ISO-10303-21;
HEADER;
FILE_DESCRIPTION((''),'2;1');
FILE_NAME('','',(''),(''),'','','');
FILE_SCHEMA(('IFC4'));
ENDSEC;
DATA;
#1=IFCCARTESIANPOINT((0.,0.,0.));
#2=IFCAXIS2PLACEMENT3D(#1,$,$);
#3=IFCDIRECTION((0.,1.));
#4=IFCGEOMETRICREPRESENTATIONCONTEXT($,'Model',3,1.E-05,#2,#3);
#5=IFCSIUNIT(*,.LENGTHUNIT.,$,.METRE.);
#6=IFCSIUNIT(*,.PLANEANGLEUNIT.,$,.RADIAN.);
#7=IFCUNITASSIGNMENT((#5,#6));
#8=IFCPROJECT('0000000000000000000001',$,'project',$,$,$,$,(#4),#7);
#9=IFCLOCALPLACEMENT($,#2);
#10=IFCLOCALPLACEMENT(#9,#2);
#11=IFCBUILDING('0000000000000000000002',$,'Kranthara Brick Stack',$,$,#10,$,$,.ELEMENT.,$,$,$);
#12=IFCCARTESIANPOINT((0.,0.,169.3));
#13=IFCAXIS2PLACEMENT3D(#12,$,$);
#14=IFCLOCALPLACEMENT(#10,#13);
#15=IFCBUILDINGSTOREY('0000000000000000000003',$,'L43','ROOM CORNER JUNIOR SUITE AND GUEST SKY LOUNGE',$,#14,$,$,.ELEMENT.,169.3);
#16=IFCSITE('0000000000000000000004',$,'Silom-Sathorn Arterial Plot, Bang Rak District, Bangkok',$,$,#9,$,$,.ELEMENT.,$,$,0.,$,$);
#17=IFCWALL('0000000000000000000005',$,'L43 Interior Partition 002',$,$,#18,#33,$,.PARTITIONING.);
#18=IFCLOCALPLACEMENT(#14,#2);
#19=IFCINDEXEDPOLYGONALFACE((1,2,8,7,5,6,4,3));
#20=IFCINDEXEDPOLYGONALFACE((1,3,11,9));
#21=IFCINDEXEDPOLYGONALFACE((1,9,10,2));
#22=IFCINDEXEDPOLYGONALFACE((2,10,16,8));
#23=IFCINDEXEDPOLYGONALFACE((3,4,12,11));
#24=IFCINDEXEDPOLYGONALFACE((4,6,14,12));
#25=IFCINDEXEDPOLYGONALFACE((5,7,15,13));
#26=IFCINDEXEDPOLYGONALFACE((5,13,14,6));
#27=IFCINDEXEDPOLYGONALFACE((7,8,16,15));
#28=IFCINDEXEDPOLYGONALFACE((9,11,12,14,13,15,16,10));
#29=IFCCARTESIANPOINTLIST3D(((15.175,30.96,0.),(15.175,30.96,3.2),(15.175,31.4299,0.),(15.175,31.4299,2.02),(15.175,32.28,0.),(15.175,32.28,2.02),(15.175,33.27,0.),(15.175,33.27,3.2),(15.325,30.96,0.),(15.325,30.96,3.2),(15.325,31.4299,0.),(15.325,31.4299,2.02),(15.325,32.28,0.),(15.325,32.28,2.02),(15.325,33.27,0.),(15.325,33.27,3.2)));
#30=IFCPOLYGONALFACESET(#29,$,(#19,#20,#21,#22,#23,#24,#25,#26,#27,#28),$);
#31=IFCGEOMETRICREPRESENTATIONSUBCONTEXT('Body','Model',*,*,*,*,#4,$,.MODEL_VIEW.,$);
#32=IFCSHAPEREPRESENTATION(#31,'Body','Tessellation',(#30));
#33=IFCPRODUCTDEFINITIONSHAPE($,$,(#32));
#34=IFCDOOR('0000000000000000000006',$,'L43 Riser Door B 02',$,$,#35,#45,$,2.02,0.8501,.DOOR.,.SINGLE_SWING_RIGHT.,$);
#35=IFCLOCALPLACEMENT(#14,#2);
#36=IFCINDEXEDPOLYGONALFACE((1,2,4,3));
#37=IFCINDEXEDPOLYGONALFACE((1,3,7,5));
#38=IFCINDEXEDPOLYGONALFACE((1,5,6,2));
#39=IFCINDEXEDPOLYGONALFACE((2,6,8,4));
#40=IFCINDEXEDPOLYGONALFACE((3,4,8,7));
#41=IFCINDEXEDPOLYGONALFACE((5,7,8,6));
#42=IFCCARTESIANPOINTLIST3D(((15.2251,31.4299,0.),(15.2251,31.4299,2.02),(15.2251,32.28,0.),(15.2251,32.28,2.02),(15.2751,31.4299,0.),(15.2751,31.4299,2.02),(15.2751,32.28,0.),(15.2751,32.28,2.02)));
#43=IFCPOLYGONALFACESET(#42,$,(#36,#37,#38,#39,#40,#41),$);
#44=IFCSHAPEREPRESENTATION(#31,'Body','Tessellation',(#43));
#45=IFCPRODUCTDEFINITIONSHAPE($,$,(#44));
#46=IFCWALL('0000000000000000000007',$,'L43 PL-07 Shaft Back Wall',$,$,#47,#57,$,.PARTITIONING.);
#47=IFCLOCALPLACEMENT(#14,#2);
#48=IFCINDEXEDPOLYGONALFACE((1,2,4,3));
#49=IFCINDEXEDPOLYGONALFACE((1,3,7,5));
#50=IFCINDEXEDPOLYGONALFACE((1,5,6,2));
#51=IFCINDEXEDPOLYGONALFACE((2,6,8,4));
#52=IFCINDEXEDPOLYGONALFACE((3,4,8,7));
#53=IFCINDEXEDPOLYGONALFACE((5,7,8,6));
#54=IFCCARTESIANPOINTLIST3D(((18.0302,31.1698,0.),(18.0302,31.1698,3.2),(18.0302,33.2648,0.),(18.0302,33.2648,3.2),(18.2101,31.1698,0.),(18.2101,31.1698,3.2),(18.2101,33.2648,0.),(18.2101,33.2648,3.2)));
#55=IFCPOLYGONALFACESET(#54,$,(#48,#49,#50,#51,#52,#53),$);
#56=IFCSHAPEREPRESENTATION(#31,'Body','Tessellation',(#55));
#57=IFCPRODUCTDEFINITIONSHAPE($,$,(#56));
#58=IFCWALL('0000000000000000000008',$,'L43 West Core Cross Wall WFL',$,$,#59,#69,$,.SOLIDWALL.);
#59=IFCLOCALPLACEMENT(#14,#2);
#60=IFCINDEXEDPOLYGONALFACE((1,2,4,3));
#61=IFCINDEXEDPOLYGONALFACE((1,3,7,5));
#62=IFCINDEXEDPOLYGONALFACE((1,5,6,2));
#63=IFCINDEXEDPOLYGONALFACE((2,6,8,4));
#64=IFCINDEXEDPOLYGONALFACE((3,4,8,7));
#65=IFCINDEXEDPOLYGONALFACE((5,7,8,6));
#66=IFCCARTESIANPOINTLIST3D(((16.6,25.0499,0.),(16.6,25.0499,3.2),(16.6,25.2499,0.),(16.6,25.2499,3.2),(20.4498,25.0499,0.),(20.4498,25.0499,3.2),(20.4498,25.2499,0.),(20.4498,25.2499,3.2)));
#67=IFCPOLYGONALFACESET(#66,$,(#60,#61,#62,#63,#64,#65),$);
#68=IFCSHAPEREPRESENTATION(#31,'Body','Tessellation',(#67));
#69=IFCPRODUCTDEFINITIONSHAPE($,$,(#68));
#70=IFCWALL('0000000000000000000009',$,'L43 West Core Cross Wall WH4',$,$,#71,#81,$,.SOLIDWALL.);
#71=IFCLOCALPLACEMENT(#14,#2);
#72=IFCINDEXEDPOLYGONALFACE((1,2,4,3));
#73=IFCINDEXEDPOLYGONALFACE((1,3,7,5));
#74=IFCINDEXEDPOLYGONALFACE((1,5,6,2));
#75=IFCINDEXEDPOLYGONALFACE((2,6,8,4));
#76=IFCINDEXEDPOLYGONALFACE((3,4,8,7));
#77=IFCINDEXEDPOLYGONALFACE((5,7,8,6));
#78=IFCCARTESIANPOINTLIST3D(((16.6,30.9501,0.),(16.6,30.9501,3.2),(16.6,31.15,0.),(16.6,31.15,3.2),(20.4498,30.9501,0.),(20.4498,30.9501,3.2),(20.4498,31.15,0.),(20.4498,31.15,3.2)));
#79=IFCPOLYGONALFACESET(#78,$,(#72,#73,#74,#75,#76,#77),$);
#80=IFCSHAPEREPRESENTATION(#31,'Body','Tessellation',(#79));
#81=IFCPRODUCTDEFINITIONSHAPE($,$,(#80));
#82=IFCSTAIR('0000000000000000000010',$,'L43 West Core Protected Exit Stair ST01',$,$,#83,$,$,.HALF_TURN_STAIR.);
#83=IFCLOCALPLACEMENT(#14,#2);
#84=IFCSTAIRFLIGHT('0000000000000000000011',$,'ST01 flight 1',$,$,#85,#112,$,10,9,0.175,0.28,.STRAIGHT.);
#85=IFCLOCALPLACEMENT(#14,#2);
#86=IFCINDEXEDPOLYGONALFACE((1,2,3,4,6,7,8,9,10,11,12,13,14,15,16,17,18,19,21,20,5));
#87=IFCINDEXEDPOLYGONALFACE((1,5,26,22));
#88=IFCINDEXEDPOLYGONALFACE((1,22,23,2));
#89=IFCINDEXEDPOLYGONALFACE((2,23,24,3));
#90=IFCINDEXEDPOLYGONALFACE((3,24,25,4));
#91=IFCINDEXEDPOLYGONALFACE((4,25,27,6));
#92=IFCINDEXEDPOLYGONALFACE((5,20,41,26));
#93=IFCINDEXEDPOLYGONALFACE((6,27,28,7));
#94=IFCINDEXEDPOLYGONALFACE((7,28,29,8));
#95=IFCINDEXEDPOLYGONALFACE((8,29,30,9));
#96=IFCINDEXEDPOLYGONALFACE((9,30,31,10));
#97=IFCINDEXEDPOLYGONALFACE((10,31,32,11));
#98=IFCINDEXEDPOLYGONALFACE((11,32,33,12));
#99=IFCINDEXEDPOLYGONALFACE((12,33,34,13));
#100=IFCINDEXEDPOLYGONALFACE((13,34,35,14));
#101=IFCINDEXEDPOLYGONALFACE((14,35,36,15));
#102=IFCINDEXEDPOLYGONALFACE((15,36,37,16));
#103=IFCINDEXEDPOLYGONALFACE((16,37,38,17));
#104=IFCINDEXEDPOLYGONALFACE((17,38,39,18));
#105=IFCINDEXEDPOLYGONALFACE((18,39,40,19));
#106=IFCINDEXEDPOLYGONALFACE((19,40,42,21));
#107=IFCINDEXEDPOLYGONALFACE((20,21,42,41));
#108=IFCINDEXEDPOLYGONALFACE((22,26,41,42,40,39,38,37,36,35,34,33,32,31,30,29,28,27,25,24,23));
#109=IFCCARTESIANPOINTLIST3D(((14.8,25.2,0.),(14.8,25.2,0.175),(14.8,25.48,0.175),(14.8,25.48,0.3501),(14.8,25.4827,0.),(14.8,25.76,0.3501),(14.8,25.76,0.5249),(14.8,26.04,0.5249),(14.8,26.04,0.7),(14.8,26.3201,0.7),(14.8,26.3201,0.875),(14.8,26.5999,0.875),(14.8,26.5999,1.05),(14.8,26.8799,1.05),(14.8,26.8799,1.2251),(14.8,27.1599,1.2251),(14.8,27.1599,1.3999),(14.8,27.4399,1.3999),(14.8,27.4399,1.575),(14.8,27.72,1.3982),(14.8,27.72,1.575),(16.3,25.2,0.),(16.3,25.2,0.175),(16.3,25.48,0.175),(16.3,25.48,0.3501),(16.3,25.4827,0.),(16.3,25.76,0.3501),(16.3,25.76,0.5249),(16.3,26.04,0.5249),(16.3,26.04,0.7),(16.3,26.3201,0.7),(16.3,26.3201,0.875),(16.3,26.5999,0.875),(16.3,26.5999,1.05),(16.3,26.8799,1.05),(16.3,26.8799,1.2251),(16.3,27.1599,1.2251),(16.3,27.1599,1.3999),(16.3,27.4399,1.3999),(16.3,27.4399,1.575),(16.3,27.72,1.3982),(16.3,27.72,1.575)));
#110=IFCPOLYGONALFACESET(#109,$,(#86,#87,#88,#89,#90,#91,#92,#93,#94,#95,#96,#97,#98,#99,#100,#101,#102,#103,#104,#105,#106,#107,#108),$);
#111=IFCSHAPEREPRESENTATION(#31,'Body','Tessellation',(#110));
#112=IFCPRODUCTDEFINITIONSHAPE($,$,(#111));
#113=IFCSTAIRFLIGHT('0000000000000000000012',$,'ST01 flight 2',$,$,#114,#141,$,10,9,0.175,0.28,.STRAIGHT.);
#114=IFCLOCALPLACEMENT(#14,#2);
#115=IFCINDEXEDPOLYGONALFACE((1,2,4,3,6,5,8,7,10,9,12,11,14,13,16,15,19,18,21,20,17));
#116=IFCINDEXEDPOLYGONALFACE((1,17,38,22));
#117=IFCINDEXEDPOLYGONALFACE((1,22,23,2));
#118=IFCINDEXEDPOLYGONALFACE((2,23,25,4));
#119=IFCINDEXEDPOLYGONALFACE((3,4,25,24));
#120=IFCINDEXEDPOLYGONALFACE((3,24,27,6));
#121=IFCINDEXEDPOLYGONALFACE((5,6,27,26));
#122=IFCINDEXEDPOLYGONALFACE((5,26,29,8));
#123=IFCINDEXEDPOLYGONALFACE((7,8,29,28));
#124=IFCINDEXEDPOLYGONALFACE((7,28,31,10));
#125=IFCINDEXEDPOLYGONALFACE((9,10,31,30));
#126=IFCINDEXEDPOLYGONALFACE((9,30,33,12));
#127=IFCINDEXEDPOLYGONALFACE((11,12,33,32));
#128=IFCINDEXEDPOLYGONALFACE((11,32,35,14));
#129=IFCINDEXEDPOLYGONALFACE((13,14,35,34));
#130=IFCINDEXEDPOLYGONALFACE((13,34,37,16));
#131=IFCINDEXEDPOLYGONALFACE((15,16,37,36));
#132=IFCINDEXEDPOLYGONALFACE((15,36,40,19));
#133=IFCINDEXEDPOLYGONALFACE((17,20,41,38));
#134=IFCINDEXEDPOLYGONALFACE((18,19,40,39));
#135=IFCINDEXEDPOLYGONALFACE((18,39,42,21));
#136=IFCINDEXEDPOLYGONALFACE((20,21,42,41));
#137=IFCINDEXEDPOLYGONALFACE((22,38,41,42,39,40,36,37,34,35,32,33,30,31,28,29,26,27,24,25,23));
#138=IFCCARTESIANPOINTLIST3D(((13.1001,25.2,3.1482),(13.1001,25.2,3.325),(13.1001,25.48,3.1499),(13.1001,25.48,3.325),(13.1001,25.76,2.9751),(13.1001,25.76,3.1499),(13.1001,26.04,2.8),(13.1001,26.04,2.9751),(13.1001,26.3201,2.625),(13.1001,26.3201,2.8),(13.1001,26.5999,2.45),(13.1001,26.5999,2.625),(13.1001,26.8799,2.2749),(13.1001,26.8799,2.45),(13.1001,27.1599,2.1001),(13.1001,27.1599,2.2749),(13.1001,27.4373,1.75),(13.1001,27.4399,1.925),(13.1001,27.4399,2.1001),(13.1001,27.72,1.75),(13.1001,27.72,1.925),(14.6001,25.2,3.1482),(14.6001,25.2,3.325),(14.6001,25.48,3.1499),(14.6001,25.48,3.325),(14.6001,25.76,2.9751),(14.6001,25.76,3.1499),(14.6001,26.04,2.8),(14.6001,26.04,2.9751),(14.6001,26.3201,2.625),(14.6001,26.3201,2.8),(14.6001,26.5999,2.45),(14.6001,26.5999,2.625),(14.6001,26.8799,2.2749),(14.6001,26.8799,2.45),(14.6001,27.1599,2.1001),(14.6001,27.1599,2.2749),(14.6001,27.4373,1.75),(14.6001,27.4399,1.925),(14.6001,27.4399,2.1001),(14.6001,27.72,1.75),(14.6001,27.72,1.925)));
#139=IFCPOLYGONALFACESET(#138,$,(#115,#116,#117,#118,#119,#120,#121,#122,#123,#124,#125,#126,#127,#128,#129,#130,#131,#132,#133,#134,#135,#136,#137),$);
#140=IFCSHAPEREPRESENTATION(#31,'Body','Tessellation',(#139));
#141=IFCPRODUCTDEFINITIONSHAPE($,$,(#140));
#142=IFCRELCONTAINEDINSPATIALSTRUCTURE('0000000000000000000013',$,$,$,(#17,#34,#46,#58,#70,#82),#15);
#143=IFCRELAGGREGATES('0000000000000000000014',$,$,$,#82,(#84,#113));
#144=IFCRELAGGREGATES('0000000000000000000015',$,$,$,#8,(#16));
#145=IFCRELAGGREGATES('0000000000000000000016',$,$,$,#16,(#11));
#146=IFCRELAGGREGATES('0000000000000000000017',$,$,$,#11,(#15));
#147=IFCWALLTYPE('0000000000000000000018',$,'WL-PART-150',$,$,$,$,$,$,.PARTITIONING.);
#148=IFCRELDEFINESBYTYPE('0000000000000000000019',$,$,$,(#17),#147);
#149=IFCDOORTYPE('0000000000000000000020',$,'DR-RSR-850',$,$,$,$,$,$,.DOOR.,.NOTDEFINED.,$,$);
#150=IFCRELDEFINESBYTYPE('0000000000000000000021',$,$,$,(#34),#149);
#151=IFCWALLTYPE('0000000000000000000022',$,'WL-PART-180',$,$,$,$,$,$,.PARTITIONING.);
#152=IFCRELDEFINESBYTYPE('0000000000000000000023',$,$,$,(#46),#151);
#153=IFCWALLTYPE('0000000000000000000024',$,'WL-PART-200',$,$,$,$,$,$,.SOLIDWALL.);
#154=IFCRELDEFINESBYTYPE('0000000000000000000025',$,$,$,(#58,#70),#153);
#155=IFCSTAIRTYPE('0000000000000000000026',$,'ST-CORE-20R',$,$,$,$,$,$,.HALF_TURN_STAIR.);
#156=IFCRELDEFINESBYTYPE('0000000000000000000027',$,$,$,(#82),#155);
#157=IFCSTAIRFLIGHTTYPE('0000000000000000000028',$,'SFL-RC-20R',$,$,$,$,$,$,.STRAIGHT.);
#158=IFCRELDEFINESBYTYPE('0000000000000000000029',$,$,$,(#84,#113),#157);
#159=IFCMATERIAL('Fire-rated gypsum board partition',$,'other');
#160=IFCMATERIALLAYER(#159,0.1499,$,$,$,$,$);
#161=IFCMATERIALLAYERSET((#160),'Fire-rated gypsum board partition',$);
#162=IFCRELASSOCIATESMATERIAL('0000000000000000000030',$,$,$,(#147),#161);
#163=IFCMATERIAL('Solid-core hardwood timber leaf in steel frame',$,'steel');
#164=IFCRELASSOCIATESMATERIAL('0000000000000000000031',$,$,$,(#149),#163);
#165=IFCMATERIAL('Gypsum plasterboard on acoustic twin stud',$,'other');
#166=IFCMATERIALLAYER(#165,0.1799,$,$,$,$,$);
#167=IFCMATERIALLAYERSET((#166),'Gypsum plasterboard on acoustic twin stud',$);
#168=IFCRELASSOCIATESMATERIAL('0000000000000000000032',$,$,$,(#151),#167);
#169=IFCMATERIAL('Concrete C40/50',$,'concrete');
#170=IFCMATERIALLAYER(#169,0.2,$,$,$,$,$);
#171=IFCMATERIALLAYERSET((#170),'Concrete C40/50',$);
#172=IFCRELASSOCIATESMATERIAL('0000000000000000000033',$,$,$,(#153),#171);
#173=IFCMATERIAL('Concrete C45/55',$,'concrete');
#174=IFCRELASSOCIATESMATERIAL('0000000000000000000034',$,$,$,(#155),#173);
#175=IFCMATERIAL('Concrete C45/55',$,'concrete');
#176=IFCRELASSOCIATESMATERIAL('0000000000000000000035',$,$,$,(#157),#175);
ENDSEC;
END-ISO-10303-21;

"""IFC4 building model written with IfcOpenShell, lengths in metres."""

from ifc_helpers import new_model, si_unit, direction, frame, frame_2d, origin, place, context, subcontext, project, spatial, polyline, rectangle, outline, extrude, material, layer, layer_set, type_object, element, fill, aggregate, save


model = new_model("IFC4")

# Units and contexts
model_context = context("Model", 3, precision=1e-05, world=origin(), true_north=direction((0.0, 1.0)))
body_context = subcontext(model_context, "Body", "Model", "MODEL_VIEW")
ifc_project = project(units=[si_unit("LENGTHUNIT", "METRE"), si_unit("PLANEANGLEUNIT", "RADIAN")], contexts=[model_context])

# Site, building, storey
site_placement = place(None, origin())
site = spatial("IfcSite", under=ifc_project, at=site_placement, Name="Silom-Sathorn Arterial Plot, Bang Rak District, Bangkok", CompositionType="ELEMENT", RefElevation=0.0)
building_placement = place(site_placement, origin())
building = spatial("IfcBuilding", under=site, at=building_placement, Name="Kranthara Brick Stack", CompositionType="ELEMENT")
storey_placement = place(building_placement, frame((0.0, 0.0, 169.3)))
storey = spatial("IfcBuildingStorey", under=building, at=storey_placement, Name="L43", Description="ROOM CORNER JUNIOR SUITE AND GUEST SKY LOUNGE", CompositionType="ELEMENT", Elevation=169.3)

# Wall, opening, door
ifc_material_1 = material(Name="Fire-rated gypsum board partition", Category="other")
ifc_layer_1 = layer(ifc_material_1, 0.1499)
ifc_layer_set_1 = layer_set([ifc_layer_1], Name="Fire-rated gypsum board partition")
wall_type_1 = type_object("IfcWallType", Name="WL-PART-150", PredefinedType="PARTITIONING", material=ifc_layer_set_1)
ifc_material_2 = material(Name="Solid-core hardwood timber leaf in steel frame", Category="steel")
door_type_1 = type_object("IfcDoorType", Name="DR-RSR-850", OperationType="NOTDEFINED", PredefinedType="DOOR", material=ifc_material_2)
wall_1_placement = place(storey_placement, frame((15.25, 30.96, 0.0), z_axis=(0.0, 0.0, 1.0), x_axis=(0.0, 1.0, 0.0)))
wall_1 = element("IfcWall", 1, at=wall_1_placement, inside=storey, type_object=wall_type_1, Name="L43 Interior Partition 002", PredefinedType="PARTITIONING", context=body_context, shape_type="SweptSolid", body=[
    extrude(rectangle(XDim=2.3101, YDim=0.1499, at=frame_2d((1.155, 0.0))), origin(), (0.0, 0.0, 1.0), 3.2),
])
opening_1_placement = place(wall_1_placement, frame((0.47, 0.0, 0.0)))
opening_1 = element("IfcOpeningElement", 2, at=opening_1_placement, cuts=wall_1, PredefinedType="OPENING", context=body_context, shape_type="SweptSolid", body=[
    extrude(rectangle(XDim=0.8501, YDim=2.02, at=frame_2d((0.425, 1.01))), frame((0.0, 0.085, 0.0), z_axis=(0.0, -1.0, 0.0), x_axis=(1.0, 0.0, 0.0)), (0.0, 0.0, 1.0), 0.1699),
])
door_1_placement = place(opening_1_placement, origin())
door_1 = element("IfcDoor", 3, at=door_1_placement, inside=storey, type_object=door_type_1, Name="L43 Riser Door B 02", OperationType="SINGLE_SWING_RIGHT", OverallHeight=2.02, OverallWidth=0.8501, PredefinedType="DOOR", context=body_context, shape_type="SweptSolid", body=[
    extrude(rectangle(XDim=0.8501, YDim=2.02, at=frame_2d((0.425, 1.01))), frame((0.0, 0.0249, 0.0), z_axis=(0.0, -1.0, 0.0), x_axis=(1.0, 0.0, 0.0)), (0.0, 0.0, 1.0), 0.05),
])
fill(opening_1, door_1)

# Walls
ifc_material_3 = material(Name="Gypsum plasterboard on acoustic twin stud", Category="other")
ifc_layer_2 = layer(ifc_material_3, 0.1799)
ifc_layer_set_2 = layer_set([ifc_layer_2], Name="Gypsum plasterboard on acoustic twin stud")
wall_type_2 = type_object("IfcWallType", Name="WL-PART-180", PredefinedType="PARTITIONING", material=ifc_layer_set_2)
wall_2_placement = place(storey_placement, frame((18.1201, 31.1699, 0.0), z_axis=(0.0, 0.0, 1.0), x_axis=(0.0, 1.0, 0.0)))
element("IfcWall", 4, at=wall_2_placement, inside=storey, type_object=wall_type_2, Name="L43 PL-07 Shaft Back Wall", PredefinedType="PARTITIONING", context=body_context, shape_type="SweptSolid", body=[
    extrude(rectangle(XDim=2.095, YDim=0.1799, at=frame_2d((1.0474, 0.0))), origin(), (0.0, 0.0, 1.0), 3.2),
])
ifc_material_4 = material(Name="Concrete C40/50", Category="concrete")
ifc_layer_3 = layer(ifc_material_4, 0.2)
ifc_layer_set_3 = layer_set([ifc_layer_3], Name="Concrete C40/50")
wall_type_3 = type_object("IfcWallType", Name="WL-PART-200", PredefinedType="SOLIDWALL", material=ifc_layer_set_3)
for number, where, z_axis, x_axis, name in (
    (5, (16.6001, 25.1499, 0.0), (0.0, 0.0, 1.0), (1.0, 0.0, 0.0), "L43 West Core Cross Wall WFL"),
    (6, (16.6001, 31.05, 0.0), (0.0, 0.0, 1.0), (1.0, 0.0, 0.0), "L43 West Core Cross Wall WH4"),
):
    element("IfcWall", number, at=place(storey_placement, frame(where, z_axis=z_axis, x_axis=x_axis)), inside=storey, type_object=wall_type_3, Name=name, PredefinedType="SOLIDWALL", context=body_context, shape_type="SweptSolid", body=[
        extrude(rectangle(XDim=3.8499, YDim=0.2, at=frame_2d((1.9248, 0.0))), origin(), (0.0, 0.0, 1.0), 3.2),
    ])

# Stair, stair flights
ifc_material_5 = material(Name="Concrete C45/55", Category="concrete")
stair_type = type_object("IfcStairType", Name="ST-CORE-20R", PredefinedType="HALF_TURN_STAIR", material=ifc_material_5)
stair_placement = place(storey_placement, origin())
stair = element("IfcStair", 7, at=stair_placement, inside=storey, type_object=stair_type, Name="L43 West Core Protected Exit Stair ST01", PredefinedType="HALF_TURN_STAIR")
ifc_material_6 = material(Name="Concrete C45/55", Category="concrete")
stair_flight_type = type_object("IfcStairFlightType", Name="SFL-RC-20R", PredefinedType="STRAIGHT", material=ifc_material_6)
stair_flight_1_placement = place(storey_placement, frame((15.55, 25.2, 0.0), z_axis=(0.0, 0.0, 1.0), x_axis=(0.0, 1.0, 0.0)))
stair_flight_1 = element("IfcStairFlight", 8, at=stair_flight_1_placement, type_object=stair_flight_type, Name="ST01 flight 1", NumberOfRisers=10, NumberOfTreads=9, PredefinedType="STRAIGHT", RiserHeight=0.175, TreadLength=0.28, context=body_context, shape_type="SweptSolid", body=[
    extrude(outline(polyline([(0.0, 0.0), (0.0, 0.175), (0.28, 0.175), (0.28, 0.3501), (0.5601, 0.3501), (0.5601, 0.5249), (0.8401, 0.5249), (0.8401, 0.7), (1.1201, 0.7), (1.1201, 0.875), (1.3999, 0.875), (1.3999, 1.05), (1.6799, 1.05), (1.6799, 1.2251), (1.96, 1.2251), (1.96, 1.3999), (2.24, 1.3999), (2.24, 1.575), (2.52, 1.575), (2.52, 1.75), (2.52, 1.3982), (0.2827, 0.0), (0.0, 0.0)])), frame((0.0, 0.75, 0.0), z_axis=(0.0, -1.0, 0.0), x_axis=(1.0, 0.0, 0.0)), (0.0, 0.0, 1.0), 1.5),
])
stair_flight_2_placement = place(storey_placement, frame((13.8501, 27.72, 1.75), z_axis=(0.0, 0.0, 1.0), x_axis=(0.0, -1.0, 0.0)))
stair_flight_2 = element("IfcStairFlight", 9, at=stair_flight_2_placement, type_object=stair_flight_type, Name="ST01 flight 2", NumberOfRisers=10, NumberOfTreads=9, PredefinedType="STRAIGHT", RiserHeight=0.175, TreadLength=0.28, context=body_context, shape_type="SweptSolid", body=[
    extrude(outline(polyline([(0.0, 0.0), (0.0, 0.175), (0.28, 0.175), (0.28, 0.3501), (0.5601, 0.3501), (0.5601, 0.5249), (0.8401, 0.5249), (0.8401, 0.7), (1.1201, 0.7), (1.1201, 0.875), (1.3999, 0.875), (1.3999, 1.05), (1.6799, 1.05), (1.6799, 1.2251), (1.96, 1.2251), (1.96, 1.3999), (2.24, 1.3999), (2.24, 1.575), (2.52, 1.575), (2.52, 1.75), (2.52, 1.3982), (0.2827, 0.0), (0.0, 0.0)])), frame((0.0, 0.75, 0.0), z_axis=(0.0, -1.0, 0.0), x_axis=(1.0, 0.0, 0.0)), (0.0, 0.0, 1.0), 1.5),
])
aggregate(stair, [stair_flight_1, stair_flight_2])

save(model, "model.ifc")
